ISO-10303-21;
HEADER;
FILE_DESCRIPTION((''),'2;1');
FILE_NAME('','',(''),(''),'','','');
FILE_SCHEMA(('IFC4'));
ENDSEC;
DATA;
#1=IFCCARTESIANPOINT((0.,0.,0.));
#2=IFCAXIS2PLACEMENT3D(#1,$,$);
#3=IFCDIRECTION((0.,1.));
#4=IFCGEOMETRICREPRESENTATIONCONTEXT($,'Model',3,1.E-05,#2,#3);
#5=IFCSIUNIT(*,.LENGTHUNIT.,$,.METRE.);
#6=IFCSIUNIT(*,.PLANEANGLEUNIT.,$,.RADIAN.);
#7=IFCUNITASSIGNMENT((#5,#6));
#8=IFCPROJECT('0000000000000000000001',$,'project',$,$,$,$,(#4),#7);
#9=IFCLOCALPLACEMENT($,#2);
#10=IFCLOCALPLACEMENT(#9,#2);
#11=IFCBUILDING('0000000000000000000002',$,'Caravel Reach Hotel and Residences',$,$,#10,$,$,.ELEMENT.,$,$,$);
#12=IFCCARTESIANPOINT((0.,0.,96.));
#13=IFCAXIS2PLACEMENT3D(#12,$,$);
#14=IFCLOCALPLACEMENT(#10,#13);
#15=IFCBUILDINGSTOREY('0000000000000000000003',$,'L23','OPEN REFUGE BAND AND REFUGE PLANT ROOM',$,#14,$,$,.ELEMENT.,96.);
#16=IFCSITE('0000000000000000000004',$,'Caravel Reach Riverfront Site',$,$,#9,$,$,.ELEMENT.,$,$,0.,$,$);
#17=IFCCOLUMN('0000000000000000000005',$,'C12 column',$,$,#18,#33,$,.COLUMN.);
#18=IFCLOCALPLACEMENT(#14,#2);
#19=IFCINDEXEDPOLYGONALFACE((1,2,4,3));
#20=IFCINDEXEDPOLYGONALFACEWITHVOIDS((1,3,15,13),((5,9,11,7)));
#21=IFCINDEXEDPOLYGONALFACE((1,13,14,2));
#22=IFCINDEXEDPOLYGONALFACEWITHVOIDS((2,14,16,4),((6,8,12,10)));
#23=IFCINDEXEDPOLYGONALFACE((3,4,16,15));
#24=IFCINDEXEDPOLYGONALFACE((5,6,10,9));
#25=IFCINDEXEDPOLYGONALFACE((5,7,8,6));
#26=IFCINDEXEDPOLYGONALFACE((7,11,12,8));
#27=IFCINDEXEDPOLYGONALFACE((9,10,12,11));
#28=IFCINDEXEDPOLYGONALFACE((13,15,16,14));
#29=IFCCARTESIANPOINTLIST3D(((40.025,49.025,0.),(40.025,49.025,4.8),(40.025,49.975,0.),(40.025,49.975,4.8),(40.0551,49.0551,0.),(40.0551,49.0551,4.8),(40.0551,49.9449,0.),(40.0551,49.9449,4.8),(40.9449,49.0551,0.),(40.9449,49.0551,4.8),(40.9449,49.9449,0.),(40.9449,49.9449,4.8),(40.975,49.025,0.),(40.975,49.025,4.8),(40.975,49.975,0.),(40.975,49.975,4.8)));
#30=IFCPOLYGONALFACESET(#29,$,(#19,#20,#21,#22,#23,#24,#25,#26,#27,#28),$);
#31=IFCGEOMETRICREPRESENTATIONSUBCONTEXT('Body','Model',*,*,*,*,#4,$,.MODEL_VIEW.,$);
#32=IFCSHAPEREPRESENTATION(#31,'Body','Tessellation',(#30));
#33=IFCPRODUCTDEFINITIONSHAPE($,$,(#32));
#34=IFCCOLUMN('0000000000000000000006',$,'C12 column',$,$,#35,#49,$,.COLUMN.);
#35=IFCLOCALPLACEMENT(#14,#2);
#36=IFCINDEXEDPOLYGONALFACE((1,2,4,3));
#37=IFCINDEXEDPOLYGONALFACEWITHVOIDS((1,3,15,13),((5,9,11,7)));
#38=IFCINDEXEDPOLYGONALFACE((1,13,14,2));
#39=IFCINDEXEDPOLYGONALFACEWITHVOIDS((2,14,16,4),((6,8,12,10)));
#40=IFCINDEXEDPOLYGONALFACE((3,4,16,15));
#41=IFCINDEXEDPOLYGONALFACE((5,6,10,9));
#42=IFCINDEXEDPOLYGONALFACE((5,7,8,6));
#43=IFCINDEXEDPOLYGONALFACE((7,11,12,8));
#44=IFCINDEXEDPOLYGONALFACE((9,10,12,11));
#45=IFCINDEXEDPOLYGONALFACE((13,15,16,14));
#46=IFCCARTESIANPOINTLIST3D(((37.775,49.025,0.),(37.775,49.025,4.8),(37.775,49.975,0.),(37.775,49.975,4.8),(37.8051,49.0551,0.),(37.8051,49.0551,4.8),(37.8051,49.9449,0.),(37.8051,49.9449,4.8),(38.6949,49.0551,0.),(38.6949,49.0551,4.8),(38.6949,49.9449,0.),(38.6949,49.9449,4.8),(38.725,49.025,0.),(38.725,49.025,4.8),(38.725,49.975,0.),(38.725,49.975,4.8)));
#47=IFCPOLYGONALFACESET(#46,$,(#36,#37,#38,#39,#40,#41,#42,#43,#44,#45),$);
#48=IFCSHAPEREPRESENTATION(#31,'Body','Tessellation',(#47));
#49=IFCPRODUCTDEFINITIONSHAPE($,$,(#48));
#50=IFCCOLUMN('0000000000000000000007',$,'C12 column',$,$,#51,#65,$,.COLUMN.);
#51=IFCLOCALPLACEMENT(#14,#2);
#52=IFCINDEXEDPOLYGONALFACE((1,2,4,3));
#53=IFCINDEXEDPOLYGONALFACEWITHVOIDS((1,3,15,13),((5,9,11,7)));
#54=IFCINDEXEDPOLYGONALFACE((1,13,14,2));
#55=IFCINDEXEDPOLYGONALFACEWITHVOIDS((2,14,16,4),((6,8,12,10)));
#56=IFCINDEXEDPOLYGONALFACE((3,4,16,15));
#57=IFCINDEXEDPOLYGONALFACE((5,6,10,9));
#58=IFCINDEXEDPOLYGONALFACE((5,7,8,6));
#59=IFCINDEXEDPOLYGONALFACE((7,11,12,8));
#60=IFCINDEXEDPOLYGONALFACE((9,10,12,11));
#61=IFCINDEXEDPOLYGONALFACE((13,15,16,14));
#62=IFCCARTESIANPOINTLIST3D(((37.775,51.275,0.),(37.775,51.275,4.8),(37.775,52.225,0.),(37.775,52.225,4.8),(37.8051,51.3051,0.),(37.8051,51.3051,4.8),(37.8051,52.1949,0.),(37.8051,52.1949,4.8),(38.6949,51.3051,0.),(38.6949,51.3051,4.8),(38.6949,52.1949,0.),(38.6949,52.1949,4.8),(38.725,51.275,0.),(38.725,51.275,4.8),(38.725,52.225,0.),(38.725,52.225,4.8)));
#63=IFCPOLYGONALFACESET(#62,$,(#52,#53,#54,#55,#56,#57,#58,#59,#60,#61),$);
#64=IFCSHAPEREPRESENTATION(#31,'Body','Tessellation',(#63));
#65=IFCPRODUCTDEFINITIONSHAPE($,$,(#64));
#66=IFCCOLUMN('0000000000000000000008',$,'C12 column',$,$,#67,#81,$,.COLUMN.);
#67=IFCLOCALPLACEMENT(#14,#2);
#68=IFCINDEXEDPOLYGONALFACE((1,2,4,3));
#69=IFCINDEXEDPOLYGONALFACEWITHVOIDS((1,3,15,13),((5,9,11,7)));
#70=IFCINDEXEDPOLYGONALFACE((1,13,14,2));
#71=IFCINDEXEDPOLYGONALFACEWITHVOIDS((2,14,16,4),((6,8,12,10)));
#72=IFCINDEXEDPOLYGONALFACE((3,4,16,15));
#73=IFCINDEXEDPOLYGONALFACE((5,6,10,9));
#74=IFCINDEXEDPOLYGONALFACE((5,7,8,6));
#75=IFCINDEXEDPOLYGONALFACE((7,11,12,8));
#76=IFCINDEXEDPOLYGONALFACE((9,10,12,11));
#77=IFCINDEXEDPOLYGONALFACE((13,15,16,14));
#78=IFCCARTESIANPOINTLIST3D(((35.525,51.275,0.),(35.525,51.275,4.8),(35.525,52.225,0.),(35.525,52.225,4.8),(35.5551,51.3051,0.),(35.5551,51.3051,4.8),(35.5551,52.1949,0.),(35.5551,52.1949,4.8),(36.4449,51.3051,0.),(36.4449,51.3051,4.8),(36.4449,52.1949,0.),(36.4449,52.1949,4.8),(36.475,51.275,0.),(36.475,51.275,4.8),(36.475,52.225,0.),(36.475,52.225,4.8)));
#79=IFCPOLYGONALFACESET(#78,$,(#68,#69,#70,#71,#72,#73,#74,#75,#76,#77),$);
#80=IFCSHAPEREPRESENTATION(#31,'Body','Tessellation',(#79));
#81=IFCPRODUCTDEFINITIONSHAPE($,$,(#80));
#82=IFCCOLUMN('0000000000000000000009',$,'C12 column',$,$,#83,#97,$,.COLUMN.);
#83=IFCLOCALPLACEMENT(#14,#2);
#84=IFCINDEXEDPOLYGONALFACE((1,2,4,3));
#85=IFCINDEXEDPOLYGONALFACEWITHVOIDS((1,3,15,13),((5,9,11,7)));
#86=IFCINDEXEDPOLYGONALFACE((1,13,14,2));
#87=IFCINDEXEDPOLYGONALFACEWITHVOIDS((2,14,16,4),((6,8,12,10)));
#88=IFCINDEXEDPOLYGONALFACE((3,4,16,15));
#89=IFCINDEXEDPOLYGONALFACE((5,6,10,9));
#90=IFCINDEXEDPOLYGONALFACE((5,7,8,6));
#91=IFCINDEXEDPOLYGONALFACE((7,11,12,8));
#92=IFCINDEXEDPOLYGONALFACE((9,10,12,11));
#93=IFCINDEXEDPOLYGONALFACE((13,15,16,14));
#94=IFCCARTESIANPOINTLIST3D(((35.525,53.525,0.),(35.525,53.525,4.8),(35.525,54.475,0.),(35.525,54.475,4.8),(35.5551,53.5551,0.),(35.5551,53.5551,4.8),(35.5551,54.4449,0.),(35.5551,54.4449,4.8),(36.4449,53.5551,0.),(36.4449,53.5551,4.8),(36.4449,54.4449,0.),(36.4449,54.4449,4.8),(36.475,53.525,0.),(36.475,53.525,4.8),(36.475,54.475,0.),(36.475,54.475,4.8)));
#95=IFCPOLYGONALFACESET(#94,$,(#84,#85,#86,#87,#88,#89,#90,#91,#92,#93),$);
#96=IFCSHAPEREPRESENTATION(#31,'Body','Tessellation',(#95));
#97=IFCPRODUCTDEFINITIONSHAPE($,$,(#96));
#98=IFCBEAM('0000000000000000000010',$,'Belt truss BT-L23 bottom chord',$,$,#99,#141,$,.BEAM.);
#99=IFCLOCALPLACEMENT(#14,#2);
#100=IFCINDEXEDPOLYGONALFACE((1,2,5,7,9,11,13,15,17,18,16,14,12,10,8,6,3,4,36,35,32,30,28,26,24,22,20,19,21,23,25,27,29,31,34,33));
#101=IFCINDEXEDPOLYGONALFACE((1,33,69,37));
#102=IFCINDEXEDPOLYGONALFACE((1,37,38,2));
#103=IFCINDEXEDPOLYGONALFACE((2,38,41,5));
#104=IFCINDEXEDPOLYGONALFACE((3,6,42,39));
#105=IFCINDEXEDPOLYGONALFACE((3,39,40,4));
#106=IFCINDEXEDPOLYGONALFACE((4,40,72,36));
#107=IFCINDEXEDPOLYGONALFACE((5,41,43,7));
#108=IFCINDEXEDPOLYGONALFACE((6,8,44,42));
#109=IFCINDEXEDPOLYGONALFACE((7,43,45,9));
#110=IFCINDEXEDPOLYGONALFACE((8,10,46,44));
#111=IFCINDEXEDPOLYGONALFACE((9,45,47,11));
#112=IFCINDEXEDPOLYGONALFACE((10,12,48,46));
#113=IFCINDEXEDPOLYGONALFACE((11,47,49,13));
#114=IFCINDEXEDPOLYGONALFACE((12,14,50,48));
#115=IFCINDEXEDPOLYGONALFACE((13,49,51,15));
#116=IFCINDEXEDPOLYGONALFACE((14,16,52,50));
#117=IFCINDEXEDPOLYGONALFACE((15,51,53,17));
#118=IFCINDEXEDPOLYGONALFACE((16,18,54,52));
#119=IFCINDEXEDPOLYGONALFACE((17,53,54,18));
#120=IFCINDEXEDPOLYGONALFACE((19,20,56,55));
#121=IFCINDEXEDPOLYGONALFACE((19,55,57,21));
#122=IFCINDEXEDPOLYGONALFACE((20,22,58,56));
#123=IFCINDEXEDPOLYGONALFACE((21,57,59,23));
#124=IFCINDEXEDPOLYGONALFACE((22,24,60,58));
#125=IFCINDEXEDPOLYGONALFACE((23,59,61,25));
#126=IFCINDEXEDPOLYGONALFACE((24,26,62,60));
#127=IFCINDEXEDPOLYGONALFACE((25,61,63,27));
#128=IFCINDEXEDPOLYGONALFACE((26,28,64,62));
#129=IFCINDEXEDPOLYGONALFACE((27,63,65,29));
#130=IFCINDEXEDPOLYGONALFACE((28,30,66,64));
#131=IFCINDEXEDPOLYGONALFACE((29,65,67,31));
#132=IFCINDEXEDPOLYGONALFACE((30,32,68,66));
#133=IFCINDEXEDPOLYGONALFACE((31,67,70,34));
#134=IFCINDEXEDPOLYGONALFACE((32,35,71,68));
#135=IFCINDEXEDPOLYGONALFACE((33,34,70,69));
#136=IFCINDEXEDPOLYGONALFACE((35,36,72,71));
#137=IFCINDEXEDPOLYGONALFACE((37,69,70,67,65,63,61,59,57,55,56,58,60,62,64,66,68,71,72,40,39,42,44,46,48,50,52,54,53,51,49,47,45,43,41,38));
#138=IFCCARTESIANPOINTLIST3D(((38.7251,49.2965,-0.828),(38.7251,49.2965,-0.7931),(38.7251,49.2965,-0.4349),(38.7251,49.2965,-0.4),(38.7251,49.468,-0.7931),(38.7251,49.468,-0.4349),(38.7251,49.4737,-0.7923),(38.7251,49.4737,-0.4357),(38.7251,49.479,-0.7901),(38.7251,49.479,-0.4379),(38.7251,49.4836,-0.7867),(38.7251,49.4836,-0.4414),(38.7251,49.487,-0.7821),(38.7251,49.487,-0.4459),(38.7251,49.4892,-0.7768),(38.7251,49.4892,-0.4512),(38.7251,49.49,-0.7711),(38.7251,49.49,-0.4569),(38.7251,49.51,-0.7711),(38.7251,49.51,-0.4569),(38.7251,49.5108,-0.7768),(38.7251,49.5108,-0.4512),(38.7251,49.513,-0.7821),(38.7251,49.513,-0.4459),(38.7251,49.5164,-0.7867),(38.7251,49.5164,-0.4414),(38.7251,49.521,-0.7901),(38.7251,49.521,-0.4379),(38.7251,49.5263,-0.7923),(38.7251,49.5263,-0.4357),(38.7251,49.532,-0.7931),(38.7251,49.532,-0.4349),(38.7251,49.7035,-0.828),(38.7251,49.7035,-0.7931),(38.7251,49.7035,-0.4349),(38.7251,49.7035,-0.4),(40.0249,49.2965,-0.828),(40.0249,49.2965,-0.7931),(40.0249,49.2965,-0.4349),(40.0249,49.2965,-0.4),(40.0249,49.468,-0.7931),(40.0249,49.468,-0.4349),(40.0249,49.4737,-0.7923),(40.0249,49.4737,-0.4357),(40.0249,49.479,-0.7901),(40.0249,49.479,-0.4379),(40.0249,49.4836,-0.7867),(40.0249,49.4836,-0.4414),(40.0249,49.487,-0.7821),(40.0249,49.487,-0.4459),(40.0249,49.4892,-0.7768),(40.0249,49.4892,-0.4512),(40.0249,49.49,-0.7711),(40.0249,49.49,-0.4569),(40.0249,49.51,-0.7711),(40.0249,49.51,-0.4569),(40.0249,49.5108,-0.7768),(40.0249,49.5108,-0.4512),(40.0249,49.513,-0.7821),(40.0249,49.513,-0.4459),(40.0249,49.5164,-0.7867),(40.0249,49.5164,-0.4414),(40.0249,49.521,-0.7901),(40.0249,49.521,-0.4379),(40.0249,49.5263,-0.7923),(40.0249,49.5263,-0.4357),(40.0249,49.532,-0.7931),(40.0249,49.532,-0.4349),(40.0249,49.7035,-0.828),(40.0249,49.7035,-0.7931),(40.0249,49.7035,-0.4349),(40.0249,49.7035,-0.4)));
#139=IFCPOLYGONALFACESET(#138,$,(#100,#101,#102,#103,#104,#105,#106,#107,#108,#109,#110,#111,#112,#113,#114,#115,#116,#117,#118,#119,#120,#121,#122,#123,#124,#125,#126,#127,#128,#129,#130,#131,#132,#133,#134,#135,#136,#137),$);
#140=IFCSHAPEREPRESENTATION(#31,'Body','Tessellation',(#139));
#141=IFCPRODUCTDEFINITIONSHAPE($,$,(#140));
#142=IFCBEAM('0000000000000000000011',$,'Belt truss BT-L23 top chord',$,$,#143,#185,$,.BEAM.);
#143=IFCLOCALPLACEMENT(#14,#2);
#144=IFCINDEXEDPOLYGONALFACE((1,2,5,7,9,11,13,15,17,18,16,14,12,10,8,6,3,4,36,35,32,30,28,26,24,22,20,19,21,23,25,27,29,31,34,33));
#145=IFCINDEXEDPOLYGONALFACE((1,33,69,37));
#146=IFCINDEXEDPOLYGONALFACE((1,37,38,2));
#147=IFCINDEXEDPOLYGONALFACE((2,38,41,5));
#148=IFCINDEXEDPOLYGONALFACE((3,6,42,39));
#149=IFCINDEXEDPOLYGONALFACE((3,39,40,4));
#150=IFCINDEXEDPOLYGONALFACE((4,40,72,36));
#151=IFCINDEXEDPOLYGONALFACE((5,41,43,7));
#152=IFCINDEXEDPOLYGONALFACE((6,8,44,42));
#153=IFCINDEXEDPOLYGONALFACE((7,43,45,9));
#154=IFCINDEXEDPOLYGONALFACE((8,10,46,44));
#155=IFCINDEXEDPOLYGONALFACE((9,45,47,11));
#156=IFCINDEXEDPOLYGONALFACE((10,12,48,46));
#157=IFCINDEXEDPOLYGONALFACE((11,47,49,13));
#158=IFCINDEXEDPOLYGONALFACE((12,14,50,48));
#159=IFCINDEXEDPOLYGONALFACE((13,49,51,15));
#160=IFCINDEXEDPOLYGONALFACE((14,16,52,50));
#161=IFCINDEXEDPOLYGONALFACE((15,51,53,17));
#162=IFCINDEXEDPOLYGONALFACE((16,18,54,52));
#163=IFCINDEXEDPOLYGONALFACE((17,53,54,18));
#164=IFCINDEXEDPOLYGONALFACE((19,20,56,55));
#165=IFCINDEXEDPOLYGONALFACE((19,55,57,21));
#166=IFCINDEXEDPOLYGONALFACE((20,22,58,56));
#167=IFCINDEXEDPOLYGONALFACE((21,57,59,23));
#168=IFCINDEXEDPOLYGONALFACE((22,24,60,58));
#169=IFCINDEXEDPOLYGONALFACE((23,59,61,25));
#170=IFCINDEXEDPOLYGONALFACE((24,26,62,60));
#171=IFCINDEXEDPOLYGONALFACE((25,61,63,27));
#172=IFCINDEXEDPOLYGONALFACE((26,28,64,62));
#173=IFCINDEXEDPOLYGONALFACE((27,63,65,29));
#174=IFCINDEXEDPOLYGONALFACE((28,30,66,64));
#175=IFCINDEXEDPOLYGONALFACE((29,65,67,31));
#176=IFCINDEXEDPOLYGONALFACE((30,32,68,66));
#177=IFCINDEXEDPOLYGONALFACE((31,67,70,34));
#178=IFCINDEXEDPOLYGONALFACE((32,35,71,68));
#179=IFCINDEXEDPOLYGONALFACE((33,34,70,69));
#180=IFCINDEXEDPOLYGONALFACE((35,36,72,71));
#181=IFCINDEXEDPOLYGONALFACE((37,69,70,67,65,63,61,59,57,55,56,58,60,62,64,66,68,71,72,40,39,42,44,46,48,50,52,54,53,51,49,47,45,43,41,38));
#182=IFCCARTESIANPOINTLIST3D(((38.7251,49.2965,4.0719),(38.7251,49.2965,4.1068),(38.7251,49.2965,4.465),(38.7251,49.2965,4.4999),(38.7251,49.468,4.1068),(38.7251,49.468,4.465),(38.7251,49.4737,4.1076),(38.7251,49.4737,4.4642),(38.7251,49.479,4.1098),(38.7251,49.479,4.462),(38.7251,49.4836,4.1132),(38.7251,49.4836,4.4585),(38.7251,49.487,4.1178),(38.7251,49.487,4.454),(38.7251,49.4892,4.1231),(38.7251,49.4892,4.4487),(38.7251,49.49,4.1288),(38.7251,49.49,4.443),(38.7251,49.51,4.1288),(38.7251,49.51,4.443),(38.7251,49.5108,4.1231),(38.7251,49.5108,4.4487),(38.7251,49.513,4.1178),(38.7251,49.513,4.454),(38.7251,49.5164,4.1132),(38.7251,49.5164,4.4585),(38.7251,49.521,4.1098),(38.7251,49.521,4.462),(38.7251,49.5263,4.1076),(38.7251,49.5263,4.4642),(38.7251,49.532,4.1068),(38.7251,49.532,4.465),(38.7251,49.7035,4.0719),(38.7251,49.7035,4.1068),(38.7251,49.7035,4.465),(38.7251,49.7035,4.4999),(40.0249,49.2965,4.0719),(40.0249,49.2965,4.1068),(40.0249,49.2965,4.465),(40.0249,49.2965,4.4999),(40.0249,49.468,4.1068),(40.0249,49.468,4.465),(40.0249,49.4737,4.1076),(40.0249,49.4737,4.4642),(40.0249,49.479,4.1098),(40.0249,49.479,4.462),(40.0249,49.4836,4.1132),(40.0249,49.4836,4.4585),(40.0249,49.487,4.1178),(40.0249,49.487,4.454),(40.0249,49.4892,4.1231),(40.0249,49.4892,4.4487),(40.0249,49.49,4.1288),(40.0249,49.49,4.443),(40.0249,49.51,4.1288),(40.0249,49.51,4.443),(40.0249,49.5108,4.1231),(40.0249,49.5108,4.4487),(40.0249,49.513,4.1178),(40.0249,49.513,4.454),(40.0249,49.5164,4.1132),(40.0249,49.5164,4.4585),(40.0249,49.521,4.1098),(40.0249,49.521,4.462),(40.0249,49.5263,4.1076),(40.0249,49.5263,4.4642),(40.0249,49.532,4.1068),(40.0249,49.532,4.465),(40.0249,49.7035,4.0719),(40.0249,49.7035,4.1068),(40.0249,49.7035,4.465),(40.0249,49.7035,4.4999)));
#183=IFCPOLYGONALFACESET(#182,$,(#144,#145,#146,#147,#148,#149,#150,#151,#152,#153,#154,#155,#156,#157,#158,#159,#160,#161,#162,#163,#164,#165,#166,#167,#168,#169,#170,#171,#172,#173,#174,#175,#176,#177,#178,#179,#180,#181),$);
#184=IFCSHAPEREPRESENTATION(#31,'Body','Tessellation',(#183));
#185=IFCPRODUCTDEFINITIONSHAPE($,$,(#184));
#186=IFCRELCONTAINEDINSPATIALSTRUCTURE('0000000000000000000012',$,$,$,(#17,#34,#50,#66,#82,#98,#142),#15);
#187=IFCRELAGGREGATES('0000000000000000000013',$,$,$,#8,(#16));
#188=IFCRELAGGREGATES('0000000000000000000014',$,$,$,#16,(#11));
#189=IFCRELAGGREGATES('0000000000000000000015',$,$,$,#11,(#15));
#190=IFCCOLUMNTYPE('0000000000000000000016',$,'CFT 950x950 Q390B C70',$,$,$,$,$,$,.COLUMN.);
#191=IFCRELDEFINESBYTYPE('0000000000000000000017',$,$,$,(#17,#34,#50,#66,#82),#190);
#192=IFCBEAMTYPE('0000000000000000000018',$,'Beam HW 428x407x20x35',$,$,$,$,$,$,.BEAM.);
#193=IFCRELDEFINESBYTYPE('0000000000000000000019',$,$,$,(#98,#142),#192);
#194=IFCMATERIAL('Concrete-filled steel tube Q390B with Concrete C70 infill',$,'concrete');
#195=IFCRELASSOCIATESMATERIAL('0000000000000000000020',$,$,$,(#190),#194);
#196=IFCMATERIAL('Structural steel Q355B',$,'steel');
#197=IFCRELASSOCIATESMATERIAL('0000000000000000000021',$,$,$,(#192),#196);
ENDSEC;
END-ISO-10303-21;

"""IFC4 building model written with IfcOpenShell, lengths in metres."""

from ifc_helpers import new_model, si_unit, direction, frame, origin, origin_2d, place, context, subcontext, project, spatial, hollow_rectangle, i_section, extrude, material, material_profile, profile_set, type_object, element, save


model = new_model("IFC4")

# Units and contexts
model_context = context("Model", 3, precision=1e-05, world=origin(), true_north=direction((0.0, 1.0)))
body_context = subcontext(model_context, "Body", "Model", "MODEL_VIEW")
ifc_project = project(units=[si_unit("LENGTHUNIT", "METRE"), si_unit("PLANEANGLEUNIT", "RADIAN")], contexts=[model_context])

# Site, building, storey
site_placement = place(None, origin())
site = spatial("IfcSite", under=ifc_project, at=site_placement, Name="Caravel Reach Riverfront Site", CompositionType="ELEMENT", RefElevation=0.0)
building_placement = place(site_placement, origin())
building = spatial("IfcBuilding", under=site, at=building_placement, Name="Caravel Reach Hotel and Residences", CompositionType="ELEMENT")
storey_placement = place(building_placement, frame((0.0, 0.0, 96.0)))
storey = spatial("IfcBuildingStorey", under=building, at=storey_placement, Name="L23", Description="OPEN REFUGE BAND AND REFUGE PLANT ROOM", CompositionType="ELEMENT", Elevation=96.0)

# Columns
ifc_material_1 = material(Name="Concrete-filled steel tube Q390B with Concrete C70 infill", Category="concrete")
ifc_material_profile_1 = material_profile(ifc_material_1, hollow_rectangle(XDim=0.95, YDim=0.95, WallThickness=0.03, at=origin_2d()), Name="RHS 950x950x30")
ifc_profile_set_1 = profile_set([ifc_material_profile_1], Name="Concrete-filled steel tube Q390B with Concrete C70 infill")
column_type = type_object("IfcColumnType", Name="CFT 950x950 Q390B C70", PredefinedType="COLUMN", material=ifc_profile_set_1)
for number, where, z_axis, x_axis, name in (
    (1, (40.5, 49.5, 0.0), (0.0, 0.0, 1.0), (1.0, 0.0, 0.0), "C12 column"),
    (2, (38.25, 49.5, 0.0), (0.0, 0.0, 1.0), (1.0, 0.0, 0.0), "C12 column"),
    (3, (38.25, 51.75, 0.0), (0.0, 0.0, 1.0), (1.0, 0.0, 0.0), "C12 column"),
    (4, (36.0, 51.75, 0.0), (0.0, 0.0, 1.0), (1.0, 0.0, 0.0), "C12 column"),
    (5, (36.0, 54.0, 0.0), (0.0, 0.0, 1.0), (1.0, 0.0, 0.0), "C12 column"),
):
    element("IfcColumn", number, at=place(storey_placement, frame(where, z_axis=z_axis, x_axis=x_axis)), inside=storey, type_object=column_type, Name=name, PredefinedType="COLUMN", context=body_context, shape_type="SweptSolid", body=[
        extrude(hollow_rectangle(XDim=0.95, YDim=0.95, WallThickness=0.03, at=origin_2d()), origin(), (0.0, 0.0, 1.0), 4.8),
    ])

# Beams
ifc_material_2 = material(Name="Structural steel Q355B", Category="steel")
ifc_material_profile_2 = material_profile(ifc_material_2, i_section(OverallWidth=0.407, OverallDepth=0.428, WebThickness=0.02, FlangeThickness=0.0349, FilletRadius=0.022, at=origin_2d()), Name="HW 428x407x20x35")
ifc_profile_set_2 = profile_set([ifc_material_profile_2], Name="Structural steel Q355B")
beam_type = type_object("IfcBeamType", Name="Beam HW 428x407x20x35", PredefinedType="BEAM", material=ifc_profile_set_2)
for number, where, z_axis, x_axis, name in (
    (6, (40.0249, 49.5, -0.614), (-1.0, 0.0, 0.0), (0.0, -1.0, 0.0), "Belt truss BT-L23 bottom chord"),
    (7, (40.0249, 49.5, 4.2859), (-1.0, 0.0, 0.0), (0.0, -1.0, 0.0), "Belt truss BT-L23 top chord"),
):
    element("IfcBeam", number, at=place(storey_placement, frame(where, z_axis=z_axis, x_axis=x_axis)), inside=storey, type_object=beam_type, Name=name, PredefinedType="BEAM", context=body_context, shape_type="SweptSolid", body=[
        extrude(i_section(OverallWidth=0.407, OverallDepth=0.428, WebThickness=0.02, FlangeThickness=0.0349, FilletRadius=0.022, at=origin_2d()), origin(), (0.0, 0.0, 1.0), 1.2998),
    ])

save(model, "model.ifc")
